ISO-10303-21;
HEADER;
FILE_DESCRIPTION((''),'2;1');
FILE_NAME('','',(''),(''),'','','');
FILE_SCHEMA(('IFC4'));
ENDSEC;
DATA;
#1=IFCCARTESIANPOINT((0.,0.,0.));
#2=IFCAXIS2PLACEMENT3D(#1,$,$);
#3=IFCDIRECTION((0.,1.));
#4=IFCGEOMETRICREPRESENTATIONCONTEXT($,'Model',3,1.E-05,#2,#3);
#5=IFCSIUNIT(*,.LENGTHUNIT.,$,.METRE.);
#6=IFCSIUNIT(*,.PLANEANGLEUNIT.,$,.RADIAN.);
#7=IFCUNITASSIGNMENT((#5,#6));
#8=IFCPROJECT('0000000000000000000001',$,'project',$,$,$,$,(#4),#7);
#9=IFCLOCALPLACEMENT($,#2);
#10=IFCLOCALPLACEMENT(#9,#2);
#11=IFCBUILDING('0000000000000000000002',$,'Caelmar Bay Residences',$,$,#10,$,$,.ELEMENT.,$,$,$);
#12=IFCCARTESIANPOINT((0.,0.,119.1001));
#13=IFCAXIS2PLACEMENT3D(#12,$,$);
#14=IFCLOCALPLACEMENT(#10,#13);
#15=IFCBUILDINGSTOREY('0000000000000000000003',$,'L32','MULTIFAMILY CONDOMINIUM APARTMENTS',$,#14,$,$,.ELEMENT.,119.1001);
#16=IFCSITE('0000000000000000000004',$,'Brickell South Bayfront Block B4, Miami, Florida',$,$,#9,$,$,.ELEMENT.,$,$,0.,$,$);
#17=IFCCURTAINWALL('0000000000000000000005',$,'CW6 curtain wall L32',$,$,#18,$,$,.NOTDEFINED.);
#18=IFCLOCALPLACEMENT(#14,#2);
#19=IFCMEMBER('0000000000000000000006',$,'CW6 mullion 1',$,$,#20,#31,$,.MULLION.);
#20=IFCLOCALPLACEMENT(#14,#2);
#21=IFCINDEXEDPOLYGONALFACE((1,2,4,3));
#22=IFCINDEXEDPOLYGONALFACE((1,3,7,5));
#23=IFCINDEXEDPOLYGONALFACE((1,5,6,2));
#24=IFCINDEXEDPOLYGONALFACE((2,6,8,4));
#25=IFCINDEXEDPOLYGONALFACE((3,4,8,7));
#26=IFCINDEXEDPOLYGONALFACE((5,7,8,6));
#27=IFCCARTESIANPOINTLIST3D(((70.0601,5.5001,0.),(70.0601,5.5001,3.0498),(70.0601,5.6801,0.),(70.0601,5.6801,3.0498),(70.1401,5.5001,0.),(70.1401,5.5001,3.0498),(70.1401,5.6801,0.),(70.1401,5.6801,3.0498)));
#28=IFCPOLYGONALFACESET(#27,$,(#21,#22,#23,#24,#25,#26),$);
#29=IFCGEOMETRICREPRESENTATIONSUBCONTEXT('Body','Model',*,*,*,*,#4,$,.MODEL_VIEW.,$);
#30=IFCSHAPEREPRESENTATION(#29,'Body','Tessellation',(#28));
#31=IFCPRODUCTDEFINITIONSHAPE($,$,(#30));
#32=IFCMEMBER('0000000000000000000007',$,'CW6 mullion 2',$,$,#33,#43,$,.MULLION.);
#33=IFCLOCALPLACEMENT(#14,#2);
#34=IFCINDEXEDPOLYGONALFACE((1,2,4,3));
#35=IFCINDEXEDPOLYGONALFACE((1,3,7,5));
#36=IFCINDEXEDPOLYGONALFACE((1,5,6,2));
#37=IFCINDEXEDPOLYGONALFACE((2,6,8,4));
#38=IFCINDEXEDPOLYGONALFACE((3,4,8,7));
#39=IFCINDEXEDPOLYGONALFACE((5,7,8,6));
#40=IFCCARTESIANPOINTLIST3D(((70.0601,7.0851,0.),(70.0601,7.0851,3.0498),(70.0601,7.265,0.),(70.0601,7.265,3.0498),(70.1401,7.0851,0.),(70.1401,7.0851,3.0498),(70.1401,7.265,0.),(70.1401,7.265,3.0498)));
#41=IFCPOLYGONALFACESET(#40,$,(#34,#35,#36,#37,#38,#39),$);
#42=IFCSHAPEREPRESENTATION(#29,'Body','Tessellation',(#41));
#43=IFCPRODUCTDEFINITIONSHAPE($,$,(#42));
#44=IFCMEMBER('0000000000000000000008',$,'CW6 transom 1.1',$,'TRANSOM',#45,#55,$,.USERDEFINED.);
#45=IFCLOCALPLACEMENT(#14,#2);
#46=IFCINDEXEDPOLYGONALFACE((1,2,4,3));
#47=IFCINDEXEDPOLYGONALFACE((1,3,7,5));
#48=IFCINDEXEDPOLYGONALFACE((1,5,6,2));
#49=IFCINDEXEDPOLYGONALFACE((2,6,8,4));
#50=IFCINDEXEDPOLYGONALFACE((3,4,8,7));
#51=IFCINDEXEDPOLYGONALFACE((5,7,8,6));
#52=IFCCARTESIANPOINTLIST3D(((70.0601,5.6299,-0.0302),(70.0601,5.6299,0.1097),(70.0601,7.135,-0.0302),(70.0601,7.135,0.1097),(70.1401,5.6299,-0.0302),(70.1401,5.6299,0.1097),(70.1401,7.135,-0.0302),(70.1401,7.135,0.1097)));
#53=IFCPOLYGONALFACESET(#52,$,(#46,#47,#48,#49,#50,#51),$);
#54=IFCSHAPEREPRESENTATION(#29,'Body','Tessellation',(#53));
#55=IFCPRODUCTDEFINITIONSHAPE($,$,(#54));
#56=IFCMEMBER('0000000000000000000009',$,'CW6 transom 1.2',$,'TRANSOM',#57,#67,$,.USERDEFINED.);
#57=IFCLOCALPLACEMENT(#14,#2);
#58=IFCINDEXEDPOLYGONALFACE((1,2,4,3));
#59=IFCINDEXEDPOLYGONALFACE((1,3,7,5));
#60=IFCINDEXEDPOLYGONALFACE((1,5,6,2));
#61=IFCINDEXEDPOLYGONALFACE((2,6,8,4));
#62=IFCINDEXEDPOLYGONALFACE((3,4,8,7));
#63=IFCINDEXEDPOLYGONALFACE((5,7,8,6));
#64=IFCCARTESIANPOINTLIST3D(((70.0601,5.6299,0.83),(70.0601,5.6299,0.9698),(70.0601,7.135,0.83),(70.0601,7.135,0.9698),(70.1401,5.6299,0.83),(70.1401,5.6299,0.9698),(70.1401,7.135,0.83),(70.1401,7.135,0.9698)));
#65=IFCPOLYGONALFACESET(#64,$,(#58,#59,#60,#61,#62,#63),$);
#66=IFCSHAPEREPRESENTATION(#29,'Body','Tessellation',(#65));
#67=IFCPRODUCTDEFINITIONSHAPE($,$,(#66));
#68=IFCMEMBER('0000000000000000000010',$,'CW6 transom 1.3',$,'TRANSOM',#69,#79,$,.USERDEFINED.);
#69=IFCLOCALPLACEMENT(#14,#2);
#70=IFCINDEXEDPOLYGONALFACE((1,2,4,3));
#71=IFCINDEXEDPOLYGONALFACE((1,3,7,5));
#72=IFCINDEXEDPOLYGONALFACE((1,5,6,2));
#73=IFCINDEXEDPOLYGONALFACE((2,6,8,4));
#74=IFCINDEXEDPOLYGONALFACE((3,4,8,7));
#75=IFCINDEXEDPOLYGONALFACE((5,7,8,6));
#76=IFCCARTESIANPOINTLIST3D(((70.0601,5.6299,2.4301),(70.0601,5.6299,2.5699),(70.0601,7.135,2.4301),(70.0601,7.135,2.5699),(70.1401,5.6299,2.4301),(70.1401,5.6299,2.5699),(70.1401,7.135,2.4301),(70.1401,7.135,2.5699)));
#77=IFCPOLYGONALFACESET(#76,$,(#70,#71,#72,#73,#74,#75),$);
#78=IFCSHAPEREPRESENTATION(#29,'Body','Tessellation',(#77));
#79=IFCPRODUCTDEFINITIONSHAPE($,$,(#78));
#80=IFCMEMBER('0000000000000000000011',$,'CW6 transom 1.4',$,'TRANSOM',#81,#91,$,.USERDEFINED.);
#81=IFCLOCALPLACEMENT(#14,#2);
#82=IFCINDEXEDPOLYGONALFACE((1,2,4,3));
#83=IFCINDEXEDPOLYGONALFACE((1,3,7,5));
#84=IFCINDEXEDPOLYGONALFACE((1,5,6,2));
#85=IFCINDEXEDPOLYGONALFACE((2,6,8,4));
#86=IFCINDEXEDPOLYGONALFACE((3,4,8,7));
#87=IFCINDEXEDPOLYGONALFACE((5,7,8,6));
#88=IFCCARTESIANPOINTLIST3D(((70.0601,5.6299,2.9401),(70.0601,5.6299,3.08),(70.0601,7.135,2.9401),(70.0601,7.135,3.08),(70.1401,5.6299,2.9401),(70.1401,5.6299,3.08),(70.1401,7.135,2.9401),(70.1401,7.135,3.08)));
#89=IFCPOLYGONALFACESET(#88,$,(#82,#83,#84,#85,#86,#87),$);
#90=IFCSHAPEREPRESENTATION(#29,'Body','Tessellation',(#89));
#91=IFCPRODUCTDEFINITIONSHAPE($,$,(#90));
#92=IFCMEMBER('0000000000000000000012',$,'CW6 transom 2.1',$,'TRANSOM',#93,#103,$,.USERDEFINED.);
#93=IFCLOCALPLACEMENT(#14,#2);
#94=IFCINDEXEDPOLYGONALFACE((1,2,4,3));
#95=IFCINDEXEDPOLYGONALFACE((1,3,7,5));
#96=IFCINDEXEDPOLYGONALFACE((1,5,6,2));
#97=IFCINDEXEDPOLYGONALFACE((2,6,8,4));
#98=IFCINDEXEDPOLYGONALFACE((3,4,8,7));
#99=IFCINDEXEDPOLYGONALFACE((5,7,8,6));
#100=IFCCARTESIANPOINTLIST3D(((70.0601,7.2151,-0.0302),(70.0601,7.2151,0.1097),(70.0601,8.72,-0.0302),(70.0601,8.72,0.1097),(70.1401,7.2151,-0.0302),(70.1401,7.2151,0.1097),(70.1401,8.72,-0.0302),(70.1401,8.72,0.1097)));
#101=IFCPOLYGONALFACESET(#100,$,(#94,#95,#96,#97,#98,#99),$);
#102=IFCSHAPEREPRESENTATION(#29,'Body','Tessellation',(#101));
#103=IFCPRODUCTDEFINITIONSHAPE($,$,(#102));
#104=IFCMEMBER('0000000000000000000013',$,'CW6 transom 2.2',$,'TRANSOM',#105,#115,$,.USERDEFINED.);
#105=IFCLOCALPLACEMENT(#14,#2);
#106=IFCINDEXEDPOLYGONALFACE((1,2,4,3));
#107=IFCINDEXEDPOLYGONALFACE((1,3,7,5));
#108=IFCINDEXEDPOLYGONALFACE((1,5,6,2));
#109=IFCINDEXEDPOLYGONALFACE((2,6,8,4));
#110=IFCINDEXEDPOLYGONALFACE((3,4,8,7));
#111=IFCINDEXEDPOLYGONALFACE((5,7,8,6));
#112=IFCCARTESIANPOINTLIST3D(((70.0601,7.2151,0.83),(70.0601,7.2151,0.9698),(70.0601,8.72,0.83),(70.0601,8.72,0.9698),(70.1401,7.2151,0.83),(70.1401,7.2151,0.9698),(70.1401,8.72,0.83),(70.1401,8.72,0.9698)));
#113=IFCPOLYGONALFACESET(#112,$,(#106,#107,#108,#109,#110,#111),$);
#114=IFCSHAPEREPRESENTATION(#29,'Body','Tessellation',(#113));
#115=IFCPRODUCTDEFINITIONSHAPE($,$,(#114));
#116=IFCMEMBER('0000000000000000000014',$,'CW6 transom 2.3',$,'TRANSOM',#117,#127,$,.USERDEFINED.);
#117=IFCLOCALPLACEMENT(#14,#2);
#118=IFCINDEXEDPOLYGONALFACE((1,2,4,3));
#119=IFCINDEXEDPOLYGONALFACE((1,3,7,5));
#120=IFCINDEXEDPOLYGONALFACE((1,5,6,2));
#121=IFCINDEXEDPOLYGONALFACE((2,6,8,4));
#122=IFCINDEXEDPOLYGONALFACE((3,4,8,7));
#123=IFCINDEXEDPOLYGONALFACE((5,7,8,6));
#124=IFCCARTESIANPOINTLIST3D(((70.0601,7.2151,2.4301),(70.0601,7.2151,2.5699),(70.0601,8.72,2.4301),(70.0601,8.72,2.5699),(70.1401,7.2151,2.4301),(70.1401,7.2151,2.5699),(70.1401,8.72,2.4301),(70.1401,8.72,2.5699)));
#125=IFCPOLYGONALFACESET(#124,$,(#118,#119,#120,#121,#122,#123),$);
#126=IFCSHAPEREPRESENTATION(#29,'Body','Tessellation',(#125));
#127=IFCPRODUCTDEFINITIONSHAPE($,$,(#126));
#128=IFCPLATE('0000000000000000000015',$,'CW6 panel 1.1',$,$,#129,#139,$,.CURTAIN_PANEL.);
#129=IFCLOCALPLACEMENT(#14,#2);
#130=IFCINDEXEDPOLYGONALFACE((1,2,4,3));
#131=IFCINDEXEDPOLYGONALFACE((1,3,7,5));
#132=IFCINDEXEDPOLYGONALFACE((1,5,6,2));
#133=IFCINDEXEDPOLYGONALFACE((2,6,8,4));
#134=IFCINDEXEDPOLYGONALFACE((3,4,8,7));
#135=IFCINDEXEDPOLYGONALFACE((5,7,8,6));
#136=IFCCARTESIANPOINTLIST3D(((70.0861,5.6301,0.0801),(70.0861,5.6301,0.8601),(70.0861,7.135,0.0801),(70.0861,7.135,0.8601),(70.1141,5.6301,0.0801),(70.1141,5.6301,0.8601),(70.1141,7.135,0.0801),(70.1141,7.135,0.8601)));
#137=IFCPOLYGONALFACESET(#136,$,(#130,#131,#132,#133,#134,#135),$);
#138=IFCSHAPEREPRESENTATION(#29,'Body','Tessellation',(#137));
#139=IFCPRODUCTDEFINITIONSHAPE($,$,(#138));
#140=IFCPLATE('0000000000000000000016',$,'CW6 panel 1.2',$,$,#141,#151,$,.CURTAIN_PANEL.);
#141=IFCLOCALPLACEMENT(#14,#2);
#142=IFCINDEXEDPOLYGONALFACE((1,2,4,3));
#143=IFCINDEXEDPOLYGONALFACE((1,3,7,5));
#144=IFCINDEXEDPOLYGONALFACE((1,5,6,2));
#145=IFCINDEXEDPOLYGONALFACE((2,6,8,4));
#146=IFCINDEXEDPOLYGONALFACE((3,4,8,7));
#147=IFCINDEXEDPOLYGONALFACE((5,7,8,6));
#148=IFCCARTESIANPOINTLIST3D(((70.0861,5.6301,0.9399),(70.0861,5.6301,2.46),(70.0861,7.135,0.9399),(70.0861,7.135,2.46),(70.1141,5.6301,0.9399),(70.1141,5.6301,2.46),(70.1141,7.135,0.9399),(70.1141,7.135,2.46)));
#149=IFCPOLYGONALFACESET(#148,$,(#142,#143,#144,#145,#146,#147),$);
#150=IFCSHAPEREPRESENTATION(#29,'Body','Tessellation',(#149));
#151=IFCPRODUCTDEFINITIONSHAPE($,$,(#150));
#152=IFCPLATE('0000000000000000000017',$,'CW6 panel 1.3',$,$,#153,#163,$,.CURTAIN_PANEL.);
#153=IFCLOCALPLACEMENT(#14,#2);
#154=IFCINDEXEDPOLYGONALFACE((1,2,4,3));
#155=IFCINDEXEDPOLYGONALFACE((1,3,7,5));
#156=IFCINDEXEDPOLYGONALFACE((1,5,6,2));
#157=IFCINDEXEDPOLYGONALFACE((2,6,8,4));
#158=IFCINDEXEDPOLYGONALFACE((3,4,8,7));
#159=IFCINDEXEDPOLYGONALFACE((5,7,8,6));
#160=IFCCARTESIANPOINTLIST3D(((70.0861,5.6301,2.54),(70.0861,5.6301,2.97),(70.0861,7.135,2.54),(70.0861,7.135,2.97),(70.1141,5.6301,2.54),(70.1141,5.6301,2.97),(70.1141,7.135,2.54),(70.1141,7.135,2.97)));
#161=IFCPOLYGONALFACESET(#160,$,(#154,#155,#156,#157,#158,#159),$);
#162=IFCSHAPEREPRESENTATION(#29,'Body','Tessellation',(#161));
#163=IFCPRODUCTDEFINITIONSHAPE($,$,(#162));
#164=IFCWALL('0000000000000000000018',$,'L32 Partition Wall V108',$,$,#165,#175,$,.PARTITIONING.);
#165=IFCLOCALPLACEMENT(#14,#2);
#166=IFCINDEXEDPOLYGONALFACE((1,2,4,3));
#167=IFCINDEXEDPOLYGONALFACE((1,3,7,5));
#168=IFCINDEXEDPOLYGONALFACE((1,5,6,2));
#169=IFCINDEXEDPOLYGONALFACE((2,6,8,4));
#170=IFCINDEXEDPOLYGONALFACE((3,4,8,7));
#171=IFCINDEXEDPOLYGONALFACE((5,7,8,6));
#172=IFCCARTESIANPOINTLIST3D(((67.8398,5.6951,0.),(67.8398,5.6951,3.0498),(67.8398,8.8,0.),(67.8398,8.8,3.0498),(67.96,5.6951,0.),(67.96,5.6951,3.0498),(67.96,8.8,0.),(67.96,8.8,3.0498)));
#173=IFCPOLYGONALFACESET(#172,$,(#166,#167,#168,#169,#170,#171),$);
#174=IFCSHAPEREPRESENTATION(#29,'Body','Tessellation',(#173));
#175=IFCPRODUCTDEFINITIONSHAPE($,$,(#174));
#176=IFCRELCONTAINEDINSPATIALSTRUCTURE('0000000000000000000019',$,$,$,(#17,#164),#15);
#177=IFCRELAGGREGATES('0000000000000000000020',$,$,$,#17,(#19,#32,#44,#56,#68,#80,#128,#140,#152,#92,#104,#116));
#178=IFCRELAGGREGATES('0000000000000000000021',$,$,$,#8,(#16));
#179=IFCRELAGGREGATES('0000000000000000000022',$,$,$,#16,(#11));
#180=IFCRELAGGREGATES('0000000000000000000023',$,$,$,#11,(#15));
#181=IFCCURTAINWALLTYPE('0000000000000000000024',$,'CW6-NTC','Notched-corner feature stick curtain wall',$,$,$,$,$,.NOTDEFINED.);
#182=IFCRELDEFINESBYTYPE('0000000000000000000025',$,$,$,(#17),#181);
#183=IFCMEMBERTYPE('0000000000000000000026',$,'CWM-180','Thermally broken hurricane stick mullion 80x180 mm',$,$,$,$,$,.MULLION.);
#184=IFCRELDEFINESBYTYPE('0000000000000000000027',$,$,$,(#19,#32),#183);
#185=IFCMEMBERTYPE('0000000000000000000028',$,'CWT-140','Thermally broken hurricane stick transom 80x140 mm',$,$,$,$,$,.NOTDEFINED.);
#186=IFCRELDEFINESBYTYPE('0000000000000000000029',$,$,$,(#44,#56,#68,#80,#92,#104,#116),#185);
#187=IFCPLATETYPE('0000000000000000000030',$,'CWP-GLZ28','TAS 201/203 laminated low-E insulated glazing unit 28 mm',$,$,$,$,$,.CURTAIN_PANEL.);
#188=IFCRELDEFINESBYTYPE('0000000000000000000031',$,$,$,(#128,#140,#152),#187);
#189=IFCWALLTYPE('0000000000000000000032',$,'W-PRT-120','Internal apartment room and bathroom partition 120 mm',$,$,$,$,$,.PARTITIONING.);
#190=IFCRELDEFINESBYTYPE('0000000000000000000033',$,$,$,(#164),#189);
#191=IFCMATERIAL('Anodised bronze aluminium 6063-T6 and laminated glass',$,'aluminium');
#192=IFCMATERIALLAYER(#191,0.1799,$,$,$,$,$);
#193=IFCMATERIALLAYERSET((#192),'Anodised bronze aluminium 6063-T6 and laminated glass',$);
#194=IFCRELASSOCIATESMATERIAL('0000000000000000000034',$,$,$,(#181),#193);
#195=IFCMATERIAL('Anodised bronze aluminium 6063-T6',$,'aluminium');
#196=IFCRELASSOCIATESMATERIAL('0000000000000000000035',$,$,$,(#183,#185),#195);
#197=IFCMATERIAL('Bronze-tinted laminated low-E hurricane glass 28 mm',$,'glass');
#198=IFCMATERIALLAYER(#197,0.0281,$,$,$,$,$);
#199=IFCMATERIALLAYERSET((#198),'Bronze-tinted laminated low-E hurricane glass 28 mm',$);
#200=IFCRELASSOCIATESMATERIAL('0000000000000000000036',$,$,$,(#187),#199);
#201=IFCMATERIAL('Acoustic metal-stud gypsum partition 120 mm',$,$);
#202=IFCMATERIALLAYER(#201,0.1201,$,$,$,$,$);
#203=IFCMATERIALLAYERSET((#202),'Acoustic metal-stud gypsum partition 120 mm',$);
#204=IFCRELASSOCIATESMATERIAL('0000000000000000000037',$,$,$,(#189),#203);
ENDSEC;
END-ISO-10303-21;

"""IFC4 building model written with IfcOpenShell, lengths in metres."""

from ifc_helpers import new_model, si_unit, direction, frame, frame_2d, origin, origin_2d, place, context, subcontext, project, spatial, rectangle, extrude, material, layer, layer_set, material_profile, profile_set, type_object, element, aggregate, save


model = new_model("IFC4")

# Units and contexts
model_context = context("Model", 3, precision=1e-05, world=origin(), true_north=direction((0.0, 1.0)))
body_context = subcontext(model_context, "Body", "Model", "MODEL_VIEW")
ifc_project = project(units=[si_unit("LENGTHUNIT", "METRE"), si_unit("PLANEANGLEUNIT", "RADIAN")], contexts=[model_context])

# Site, building, storey
site_placement = place(None, origin())
site = spatial("IfcSite", under=ifc_project, at=site_placement, Name="Brickell South Bayfront Block B4, Miami, Florida", CompositionType="ELEMENT", RefElevation=0.0)
building_placement = place(site_placement, origin())
building = spatial("IfcBuilding", under=site, at=building_placement, Name="Caelmar Bay Residences", CompositionType="ELEMENT")
storey_placement = place(building_placement, frame((0.0, 0.0, 119.1001)))
storey = spatial("IfcBuildingStorey", under=building, at=storey_placement, Name="L32", Description="MULTIFAMILY CONDOMINIUM APARTMENTS", CompositionType="ELEMENT", Elevation=119.1001)

# Curtain wall, members, plates
ifc_material_1 = material(Name="Anodised bronze aluminium 6063-T6 and laminated glass", Category="aluminium")
ifc_layer_1 = layer(ifc_material_1, 0.1799)
ifc_layer_set_1 = layer_set([ifc_layer_1], Name="Anodised bronze aluminium 6063-T6 and laminated glass")
curtain_wall_type = type_object("IfcCurtainWallType", Name="CW6-NTC", Description="Notched-corner feature stick curtain wall", PredefinedType="NOTDEFINED", material=ifc_layer_set_1)
curtain_wall_placement = place(storey_placement, origin())
curtain_wall = element("IfcCurtainWall", 1, at=curtain_wall_placement, inside=storey, type_object=curtain_wall_type, Name="CW6 curtain wall L32", PredefinedType="NOTDEFINED")
ifc_material_2 = material(Name="Anodised bronze aluminium 6063-T6", Category="aluminium")
ifc_material_profile_1 = material_profile(ifc_material_2, rectangle(XDim=0.0801, YDim=0.1799, at=origin_2d()), Name="CWM-80X180")
ifc_profile_set_1 = profile_set([ifc_material_profile_1], Name="Anodised bronze aluminium 6063-T6")
member_type_1 = type_object("IfcMemberType", Name="CWM-180", Description="Thermally broken hurricane stick mullion 80x180 mm", PredefinedType="MULLION", material=ifc_profile_set_1)
member_1_placement = place(storey_placement, frame((70.1001, 5.5901, 0.0), z_axis=(0.0, 0.0, 1.0), x_axis=(-1.0, 0.0, 0.0)))
member_1 = element("IfcMember", 2, at=member_1_placement, type_object=member_type_1, Name="CW6 mullion 1", PredefinedType="MULLION", context=body_context, shape_type="SweptSolid", body=[
    extrude(rectangle(XDim=0.0801, YDim=0.1799, at=origin_2d()), origin(), (0.0, 0.0, 1.0), 3.0498),
])
member_2_placement = place(storey_placement, frame((70.1001, 7.175, 0.0), z_axis=(0.0, 0.0, 1.0), x_axis=(-1.0, 0.0, 0.0)))
member_2 = element("IfcMember", 3, at=member_2_placement, type_object=member_type_1, Name="CW6 mullion 2", PredefinedType="MULLION", context=body_context, shape_type="SweptSolid", body=[
    extrude(rectangle(XDim=0.0801, YDim=0.1799, at=origin_2d()), origin(), (0.0, 0.0, 1.0), 3.0498),
])
ifc_material_profile_2 = material_profile(ifc_material_2, rectangle(XDim=0.0801, YDim=0.1399, at=origin_2d()), Name="CWT-80X140")
ifc_profile_set_2 = profile_set([ifc_material_profile_2], Name="Anodised bronze aluminium 6063-T6")
member_type_2 = type_object("IfcMemberType", Name="CWT-140", Description="Thermally broken hurricane stick transom 80x140 mm", PredefinedType="NOTDEFINED", material=ifc_profile_set_2)
member_3_placement = place(storey_placement, frame((70.1001, 5.6299, 0.0398), z_axis=(0.0, 1.0, 0.0), x_axis=(-1.0, 0.0, 0.0)))
member_3 = element("IfcMember", 4, at=member_3_placement, type_object=member_type_2, Name="CW6 transom 1.1", ObjectType="TRANSOM", PredefinedType="USERDEFINED", context=body_context, shape_type="SweptSolid", body=[
    extrude(rectangle(XDim=0.0801, YDim=0.1399, at=origin_2d()), origin(), (0.0, 0.0, 1.0), 1.5051),
])
member_4_placement = place(storey_placement, frame((70.1001, 5.6299, 0.8999), z_axis=(0.0, 1.0, 0.0), x_axis=(-1.0, 0.0, 0.0)))
member_4 = element("IfcMember", 5, at=member_4_placement, type_object=member_type_2, Name="CW6 transom 1.2", ObjectType="TRANSOM", PredefinedType="USERDEFINED", context=body_context, shape_type="SweptSolid", body=[
    extrude(rectangle(XDim=0.0801, YDim=0.1399, at=origin_2d()), origin(), (0.0, 0.0, 1.0), 1.5051),
])
member_5_placement = place(storey_placement, frame((70.1001, 5.6299, 2.5), z_axis=(0.0, 1.0, 0.0), x_axis=(-1.0, 0.0, 0.0)))
member_5 = element("IfcMember", 6, at=member_5_placement, type_object=member_type_2, Name="CW6 transom 1.3", ObjectType="TRANSOM", PredefinedType="USERDEFINED", context=body_context, shape_type="SweptSolid", body=[
    extrude(rectangle(XDim=0.0801, YDim=0.1399, at=origin_2d()), origin(), (0.0, 0.0, 1.0), 1.5051),
])
member_6_placement = place(storey_placement, frame((70.1001, 5.6299, 3.01), z_axis=(0.0, 1.0, 0.0), x_axis=(-1.0, 0.0, 0.0)))
member_6 = element("IfcMember", 7, at=member_6_placement, type_object=member_type_2, Name="CW6 transom 1.4", ObjectType="TRANSOM", PredefinedType="USERDEFINED", context=body_context, shape_type="SweptSolid", body=[
    extrude(rectangle(XDim=0.0801, YDim=0.1399, at=origin_2d()), origin(), (0.0, 0.0, 1.0), 1.5051),
])
member_7_placement = place(storey_placement, frame((70.1001, 7.2151, 0.0398), z_axis=(0.0, 1.0, 0.0), x_axis=(-1.0, 0.0, 0.0)))
member_7 = element("IfcMember", 8, at=member_7_placement, type_object=member_type_2, Name="CW6 transom 2.1", ObjectType="TRANSOM", PredefinedType="USERDEFINED", context=body_context, shape_type="SweptSolid", body=[
    extrude(rectangle(XDim=0.0801, YDim=0.1399, at=origin_2d()), origin(), (0.0, 0.0, 1.0), 1.5049),
])
member_8_placement = place(storey_placement, frame((70.1001, 7.2151, 0.8999), z_axis=(0.0, 1.0, 0.0), x_axis=(-1.0, 0.0, 0.0)))
member_8 = element("IfcMember", 9, at=member_8_placement, type_object=member_type_2, Name="CW6 transom 2.2", ObjectType="TRANSOM", PredefinedType="USERDEFINED", context=body_context, shape_type="SweptSolid", body=[
    extrude(rectangle(XDim=0.0801, YDim=0.1399, at=origin_2d()), origin(), (0.0, 0.0, 1.0), 1.5049),
])
member_9_placement = place(storey_placement, frame((70.1001, 7.2151, 2.5), z_axis=(0.0, 1.0, 0.0), x_axis=(-1.0, 0.0, 0.0)))
member_9 = element("IfcMember", 10, at=member_9_placement, type_object=member_type_2, Name="CW6 transom 2.3", ObjectType="TRANSOM", PredefinedType="USERDEFINED", context=body_context, shape_type="SweptSolid", body=[
    extrude(rectangle(XDim=0.0801, YDim=0.1399, at=origin_2d()), origin(), (0.0, 0.0, 1.0), 1.5049),
])
ifc_material_3 = material(Name="Bronze-tinted laminated low-E hurricane glass 28 mm", Category="glass")
ifc_layer_2 = layer(ifc_material_3, 0.0281)
ifc_layer_set_2 = layer_set([ifc_layer_2], Name="Bronze-tinted laminated low-E hurricane glass 28 mm")
plate_type = type_object("IfcPlateType", Name="CWP-GLZ28", Description="TAS 201/203 laminated low-E insulated glazing unit 28 mm", PredefinedType="CURTAIN_PANEL", material=ifc_layer_set_2)
plate_1_placement = place(storey_placement, frame((70.1001, 6.3826, 0.0801), z_axis=(0.0, 0.0, 1.0), x_axis=(0.0, 1.0, 0.0)))
plate_1 = element("IfcPlate", 11, at=plate_1_placement, type_object=plate_type, Name="CW6 panel 1.1", PredefinedType="CURTAIN_PANEL", context=body_context, shape_type="SweptSolid", body=[
    extrude(rectangle(XDim=1.5049, YDim=0.0281, at=origin_2d()), origin(), (0.0, 0.0, 1.0), 0.78),
])
plate_2_placement = place(storey_placement, frame((70.1001, 6.3826, 0.9399), z_axis=(0.0, 0.0, 1.0), x_axis=(0.0, 1.0, 0.0)))
plate_2 = element("IfcPlate", 12, at=plate_2_placement, type_object=plate_type, Name="CW6 panel 1.2", PredefinedType="CURTAIN_PANEL", context=body_context, shape_type="SweptSolid", body=[
    extrude(rectangle(XDim=1.5049, YDim=0.0281, at=origin_2d()), origin(), (0.0, 0.0, 1.0), 1.52),
])
plate_3_placement = place(storey_placement, frame((70.1001, 6.3826, 2.54), z_axis=(0.0, 0.0, 1.0), x_axis=(0.0, 1.0, 0.0)))
plate_3 = element("IfcPlate", 13, at=plate_3_placement, type_object=plate_type, Name="CW6 panel 1.3", PredefinedType="CURTAIN_PANEL", context=body_context, shape_type="SweptSolid", body=[
    extrude(rectangle(XDim=1.5049, YDim=0.0281, at=origin_2d()), origin(), (0.0, 0.0, 1.0), 0.4299),
])
aggregate(curtain_wall, [member_1, member_2, member_3, member_4, member_5, member_6, plate_1, plate_2, plate_3, member_7, member_8, member_9])

# Wall
ifc_material_4 = material(Name="Acoustic metal-stud gypsum partition 120 mm")
ifc_layer_3 = layer(ifc_material_4, 0.1201)
ifc_layer_set_3 = layer_set([ifc_layer_3], Name="Acoustic metal-stud gypsum partition 120 mm")
wall_type_1 = type_object("IfcWallType", Name="W-PRT-120", Description="Internal apartment room and bathroom partition 120 mm", PredefinedType="PARTITIONING", material=ifc_layer_set_3)
wall_1_placement = place(storey_placement, frame((67.8999, 5.6951, 0.0), z_axis=(0.0, 0.0, 1.0), x_axis=(0.0, 1.0, 0.0)))
element("IfcWall", 14, at=wall_1_placement, inside=storey, type_object=wall_type_1, Name="L32 Partition Wall V108", PredefinedType="PARTITIONING", context=body_context, shape_type="SweptSolid", body=[
    extrude(rectangle(XDim=3.105, YDim=0.1201, at=frame_2d((1.5525, 0.0))), origin(), (0.0, 0.0, 1.0), 3.0498),
])

save(model, "model.ifc")
